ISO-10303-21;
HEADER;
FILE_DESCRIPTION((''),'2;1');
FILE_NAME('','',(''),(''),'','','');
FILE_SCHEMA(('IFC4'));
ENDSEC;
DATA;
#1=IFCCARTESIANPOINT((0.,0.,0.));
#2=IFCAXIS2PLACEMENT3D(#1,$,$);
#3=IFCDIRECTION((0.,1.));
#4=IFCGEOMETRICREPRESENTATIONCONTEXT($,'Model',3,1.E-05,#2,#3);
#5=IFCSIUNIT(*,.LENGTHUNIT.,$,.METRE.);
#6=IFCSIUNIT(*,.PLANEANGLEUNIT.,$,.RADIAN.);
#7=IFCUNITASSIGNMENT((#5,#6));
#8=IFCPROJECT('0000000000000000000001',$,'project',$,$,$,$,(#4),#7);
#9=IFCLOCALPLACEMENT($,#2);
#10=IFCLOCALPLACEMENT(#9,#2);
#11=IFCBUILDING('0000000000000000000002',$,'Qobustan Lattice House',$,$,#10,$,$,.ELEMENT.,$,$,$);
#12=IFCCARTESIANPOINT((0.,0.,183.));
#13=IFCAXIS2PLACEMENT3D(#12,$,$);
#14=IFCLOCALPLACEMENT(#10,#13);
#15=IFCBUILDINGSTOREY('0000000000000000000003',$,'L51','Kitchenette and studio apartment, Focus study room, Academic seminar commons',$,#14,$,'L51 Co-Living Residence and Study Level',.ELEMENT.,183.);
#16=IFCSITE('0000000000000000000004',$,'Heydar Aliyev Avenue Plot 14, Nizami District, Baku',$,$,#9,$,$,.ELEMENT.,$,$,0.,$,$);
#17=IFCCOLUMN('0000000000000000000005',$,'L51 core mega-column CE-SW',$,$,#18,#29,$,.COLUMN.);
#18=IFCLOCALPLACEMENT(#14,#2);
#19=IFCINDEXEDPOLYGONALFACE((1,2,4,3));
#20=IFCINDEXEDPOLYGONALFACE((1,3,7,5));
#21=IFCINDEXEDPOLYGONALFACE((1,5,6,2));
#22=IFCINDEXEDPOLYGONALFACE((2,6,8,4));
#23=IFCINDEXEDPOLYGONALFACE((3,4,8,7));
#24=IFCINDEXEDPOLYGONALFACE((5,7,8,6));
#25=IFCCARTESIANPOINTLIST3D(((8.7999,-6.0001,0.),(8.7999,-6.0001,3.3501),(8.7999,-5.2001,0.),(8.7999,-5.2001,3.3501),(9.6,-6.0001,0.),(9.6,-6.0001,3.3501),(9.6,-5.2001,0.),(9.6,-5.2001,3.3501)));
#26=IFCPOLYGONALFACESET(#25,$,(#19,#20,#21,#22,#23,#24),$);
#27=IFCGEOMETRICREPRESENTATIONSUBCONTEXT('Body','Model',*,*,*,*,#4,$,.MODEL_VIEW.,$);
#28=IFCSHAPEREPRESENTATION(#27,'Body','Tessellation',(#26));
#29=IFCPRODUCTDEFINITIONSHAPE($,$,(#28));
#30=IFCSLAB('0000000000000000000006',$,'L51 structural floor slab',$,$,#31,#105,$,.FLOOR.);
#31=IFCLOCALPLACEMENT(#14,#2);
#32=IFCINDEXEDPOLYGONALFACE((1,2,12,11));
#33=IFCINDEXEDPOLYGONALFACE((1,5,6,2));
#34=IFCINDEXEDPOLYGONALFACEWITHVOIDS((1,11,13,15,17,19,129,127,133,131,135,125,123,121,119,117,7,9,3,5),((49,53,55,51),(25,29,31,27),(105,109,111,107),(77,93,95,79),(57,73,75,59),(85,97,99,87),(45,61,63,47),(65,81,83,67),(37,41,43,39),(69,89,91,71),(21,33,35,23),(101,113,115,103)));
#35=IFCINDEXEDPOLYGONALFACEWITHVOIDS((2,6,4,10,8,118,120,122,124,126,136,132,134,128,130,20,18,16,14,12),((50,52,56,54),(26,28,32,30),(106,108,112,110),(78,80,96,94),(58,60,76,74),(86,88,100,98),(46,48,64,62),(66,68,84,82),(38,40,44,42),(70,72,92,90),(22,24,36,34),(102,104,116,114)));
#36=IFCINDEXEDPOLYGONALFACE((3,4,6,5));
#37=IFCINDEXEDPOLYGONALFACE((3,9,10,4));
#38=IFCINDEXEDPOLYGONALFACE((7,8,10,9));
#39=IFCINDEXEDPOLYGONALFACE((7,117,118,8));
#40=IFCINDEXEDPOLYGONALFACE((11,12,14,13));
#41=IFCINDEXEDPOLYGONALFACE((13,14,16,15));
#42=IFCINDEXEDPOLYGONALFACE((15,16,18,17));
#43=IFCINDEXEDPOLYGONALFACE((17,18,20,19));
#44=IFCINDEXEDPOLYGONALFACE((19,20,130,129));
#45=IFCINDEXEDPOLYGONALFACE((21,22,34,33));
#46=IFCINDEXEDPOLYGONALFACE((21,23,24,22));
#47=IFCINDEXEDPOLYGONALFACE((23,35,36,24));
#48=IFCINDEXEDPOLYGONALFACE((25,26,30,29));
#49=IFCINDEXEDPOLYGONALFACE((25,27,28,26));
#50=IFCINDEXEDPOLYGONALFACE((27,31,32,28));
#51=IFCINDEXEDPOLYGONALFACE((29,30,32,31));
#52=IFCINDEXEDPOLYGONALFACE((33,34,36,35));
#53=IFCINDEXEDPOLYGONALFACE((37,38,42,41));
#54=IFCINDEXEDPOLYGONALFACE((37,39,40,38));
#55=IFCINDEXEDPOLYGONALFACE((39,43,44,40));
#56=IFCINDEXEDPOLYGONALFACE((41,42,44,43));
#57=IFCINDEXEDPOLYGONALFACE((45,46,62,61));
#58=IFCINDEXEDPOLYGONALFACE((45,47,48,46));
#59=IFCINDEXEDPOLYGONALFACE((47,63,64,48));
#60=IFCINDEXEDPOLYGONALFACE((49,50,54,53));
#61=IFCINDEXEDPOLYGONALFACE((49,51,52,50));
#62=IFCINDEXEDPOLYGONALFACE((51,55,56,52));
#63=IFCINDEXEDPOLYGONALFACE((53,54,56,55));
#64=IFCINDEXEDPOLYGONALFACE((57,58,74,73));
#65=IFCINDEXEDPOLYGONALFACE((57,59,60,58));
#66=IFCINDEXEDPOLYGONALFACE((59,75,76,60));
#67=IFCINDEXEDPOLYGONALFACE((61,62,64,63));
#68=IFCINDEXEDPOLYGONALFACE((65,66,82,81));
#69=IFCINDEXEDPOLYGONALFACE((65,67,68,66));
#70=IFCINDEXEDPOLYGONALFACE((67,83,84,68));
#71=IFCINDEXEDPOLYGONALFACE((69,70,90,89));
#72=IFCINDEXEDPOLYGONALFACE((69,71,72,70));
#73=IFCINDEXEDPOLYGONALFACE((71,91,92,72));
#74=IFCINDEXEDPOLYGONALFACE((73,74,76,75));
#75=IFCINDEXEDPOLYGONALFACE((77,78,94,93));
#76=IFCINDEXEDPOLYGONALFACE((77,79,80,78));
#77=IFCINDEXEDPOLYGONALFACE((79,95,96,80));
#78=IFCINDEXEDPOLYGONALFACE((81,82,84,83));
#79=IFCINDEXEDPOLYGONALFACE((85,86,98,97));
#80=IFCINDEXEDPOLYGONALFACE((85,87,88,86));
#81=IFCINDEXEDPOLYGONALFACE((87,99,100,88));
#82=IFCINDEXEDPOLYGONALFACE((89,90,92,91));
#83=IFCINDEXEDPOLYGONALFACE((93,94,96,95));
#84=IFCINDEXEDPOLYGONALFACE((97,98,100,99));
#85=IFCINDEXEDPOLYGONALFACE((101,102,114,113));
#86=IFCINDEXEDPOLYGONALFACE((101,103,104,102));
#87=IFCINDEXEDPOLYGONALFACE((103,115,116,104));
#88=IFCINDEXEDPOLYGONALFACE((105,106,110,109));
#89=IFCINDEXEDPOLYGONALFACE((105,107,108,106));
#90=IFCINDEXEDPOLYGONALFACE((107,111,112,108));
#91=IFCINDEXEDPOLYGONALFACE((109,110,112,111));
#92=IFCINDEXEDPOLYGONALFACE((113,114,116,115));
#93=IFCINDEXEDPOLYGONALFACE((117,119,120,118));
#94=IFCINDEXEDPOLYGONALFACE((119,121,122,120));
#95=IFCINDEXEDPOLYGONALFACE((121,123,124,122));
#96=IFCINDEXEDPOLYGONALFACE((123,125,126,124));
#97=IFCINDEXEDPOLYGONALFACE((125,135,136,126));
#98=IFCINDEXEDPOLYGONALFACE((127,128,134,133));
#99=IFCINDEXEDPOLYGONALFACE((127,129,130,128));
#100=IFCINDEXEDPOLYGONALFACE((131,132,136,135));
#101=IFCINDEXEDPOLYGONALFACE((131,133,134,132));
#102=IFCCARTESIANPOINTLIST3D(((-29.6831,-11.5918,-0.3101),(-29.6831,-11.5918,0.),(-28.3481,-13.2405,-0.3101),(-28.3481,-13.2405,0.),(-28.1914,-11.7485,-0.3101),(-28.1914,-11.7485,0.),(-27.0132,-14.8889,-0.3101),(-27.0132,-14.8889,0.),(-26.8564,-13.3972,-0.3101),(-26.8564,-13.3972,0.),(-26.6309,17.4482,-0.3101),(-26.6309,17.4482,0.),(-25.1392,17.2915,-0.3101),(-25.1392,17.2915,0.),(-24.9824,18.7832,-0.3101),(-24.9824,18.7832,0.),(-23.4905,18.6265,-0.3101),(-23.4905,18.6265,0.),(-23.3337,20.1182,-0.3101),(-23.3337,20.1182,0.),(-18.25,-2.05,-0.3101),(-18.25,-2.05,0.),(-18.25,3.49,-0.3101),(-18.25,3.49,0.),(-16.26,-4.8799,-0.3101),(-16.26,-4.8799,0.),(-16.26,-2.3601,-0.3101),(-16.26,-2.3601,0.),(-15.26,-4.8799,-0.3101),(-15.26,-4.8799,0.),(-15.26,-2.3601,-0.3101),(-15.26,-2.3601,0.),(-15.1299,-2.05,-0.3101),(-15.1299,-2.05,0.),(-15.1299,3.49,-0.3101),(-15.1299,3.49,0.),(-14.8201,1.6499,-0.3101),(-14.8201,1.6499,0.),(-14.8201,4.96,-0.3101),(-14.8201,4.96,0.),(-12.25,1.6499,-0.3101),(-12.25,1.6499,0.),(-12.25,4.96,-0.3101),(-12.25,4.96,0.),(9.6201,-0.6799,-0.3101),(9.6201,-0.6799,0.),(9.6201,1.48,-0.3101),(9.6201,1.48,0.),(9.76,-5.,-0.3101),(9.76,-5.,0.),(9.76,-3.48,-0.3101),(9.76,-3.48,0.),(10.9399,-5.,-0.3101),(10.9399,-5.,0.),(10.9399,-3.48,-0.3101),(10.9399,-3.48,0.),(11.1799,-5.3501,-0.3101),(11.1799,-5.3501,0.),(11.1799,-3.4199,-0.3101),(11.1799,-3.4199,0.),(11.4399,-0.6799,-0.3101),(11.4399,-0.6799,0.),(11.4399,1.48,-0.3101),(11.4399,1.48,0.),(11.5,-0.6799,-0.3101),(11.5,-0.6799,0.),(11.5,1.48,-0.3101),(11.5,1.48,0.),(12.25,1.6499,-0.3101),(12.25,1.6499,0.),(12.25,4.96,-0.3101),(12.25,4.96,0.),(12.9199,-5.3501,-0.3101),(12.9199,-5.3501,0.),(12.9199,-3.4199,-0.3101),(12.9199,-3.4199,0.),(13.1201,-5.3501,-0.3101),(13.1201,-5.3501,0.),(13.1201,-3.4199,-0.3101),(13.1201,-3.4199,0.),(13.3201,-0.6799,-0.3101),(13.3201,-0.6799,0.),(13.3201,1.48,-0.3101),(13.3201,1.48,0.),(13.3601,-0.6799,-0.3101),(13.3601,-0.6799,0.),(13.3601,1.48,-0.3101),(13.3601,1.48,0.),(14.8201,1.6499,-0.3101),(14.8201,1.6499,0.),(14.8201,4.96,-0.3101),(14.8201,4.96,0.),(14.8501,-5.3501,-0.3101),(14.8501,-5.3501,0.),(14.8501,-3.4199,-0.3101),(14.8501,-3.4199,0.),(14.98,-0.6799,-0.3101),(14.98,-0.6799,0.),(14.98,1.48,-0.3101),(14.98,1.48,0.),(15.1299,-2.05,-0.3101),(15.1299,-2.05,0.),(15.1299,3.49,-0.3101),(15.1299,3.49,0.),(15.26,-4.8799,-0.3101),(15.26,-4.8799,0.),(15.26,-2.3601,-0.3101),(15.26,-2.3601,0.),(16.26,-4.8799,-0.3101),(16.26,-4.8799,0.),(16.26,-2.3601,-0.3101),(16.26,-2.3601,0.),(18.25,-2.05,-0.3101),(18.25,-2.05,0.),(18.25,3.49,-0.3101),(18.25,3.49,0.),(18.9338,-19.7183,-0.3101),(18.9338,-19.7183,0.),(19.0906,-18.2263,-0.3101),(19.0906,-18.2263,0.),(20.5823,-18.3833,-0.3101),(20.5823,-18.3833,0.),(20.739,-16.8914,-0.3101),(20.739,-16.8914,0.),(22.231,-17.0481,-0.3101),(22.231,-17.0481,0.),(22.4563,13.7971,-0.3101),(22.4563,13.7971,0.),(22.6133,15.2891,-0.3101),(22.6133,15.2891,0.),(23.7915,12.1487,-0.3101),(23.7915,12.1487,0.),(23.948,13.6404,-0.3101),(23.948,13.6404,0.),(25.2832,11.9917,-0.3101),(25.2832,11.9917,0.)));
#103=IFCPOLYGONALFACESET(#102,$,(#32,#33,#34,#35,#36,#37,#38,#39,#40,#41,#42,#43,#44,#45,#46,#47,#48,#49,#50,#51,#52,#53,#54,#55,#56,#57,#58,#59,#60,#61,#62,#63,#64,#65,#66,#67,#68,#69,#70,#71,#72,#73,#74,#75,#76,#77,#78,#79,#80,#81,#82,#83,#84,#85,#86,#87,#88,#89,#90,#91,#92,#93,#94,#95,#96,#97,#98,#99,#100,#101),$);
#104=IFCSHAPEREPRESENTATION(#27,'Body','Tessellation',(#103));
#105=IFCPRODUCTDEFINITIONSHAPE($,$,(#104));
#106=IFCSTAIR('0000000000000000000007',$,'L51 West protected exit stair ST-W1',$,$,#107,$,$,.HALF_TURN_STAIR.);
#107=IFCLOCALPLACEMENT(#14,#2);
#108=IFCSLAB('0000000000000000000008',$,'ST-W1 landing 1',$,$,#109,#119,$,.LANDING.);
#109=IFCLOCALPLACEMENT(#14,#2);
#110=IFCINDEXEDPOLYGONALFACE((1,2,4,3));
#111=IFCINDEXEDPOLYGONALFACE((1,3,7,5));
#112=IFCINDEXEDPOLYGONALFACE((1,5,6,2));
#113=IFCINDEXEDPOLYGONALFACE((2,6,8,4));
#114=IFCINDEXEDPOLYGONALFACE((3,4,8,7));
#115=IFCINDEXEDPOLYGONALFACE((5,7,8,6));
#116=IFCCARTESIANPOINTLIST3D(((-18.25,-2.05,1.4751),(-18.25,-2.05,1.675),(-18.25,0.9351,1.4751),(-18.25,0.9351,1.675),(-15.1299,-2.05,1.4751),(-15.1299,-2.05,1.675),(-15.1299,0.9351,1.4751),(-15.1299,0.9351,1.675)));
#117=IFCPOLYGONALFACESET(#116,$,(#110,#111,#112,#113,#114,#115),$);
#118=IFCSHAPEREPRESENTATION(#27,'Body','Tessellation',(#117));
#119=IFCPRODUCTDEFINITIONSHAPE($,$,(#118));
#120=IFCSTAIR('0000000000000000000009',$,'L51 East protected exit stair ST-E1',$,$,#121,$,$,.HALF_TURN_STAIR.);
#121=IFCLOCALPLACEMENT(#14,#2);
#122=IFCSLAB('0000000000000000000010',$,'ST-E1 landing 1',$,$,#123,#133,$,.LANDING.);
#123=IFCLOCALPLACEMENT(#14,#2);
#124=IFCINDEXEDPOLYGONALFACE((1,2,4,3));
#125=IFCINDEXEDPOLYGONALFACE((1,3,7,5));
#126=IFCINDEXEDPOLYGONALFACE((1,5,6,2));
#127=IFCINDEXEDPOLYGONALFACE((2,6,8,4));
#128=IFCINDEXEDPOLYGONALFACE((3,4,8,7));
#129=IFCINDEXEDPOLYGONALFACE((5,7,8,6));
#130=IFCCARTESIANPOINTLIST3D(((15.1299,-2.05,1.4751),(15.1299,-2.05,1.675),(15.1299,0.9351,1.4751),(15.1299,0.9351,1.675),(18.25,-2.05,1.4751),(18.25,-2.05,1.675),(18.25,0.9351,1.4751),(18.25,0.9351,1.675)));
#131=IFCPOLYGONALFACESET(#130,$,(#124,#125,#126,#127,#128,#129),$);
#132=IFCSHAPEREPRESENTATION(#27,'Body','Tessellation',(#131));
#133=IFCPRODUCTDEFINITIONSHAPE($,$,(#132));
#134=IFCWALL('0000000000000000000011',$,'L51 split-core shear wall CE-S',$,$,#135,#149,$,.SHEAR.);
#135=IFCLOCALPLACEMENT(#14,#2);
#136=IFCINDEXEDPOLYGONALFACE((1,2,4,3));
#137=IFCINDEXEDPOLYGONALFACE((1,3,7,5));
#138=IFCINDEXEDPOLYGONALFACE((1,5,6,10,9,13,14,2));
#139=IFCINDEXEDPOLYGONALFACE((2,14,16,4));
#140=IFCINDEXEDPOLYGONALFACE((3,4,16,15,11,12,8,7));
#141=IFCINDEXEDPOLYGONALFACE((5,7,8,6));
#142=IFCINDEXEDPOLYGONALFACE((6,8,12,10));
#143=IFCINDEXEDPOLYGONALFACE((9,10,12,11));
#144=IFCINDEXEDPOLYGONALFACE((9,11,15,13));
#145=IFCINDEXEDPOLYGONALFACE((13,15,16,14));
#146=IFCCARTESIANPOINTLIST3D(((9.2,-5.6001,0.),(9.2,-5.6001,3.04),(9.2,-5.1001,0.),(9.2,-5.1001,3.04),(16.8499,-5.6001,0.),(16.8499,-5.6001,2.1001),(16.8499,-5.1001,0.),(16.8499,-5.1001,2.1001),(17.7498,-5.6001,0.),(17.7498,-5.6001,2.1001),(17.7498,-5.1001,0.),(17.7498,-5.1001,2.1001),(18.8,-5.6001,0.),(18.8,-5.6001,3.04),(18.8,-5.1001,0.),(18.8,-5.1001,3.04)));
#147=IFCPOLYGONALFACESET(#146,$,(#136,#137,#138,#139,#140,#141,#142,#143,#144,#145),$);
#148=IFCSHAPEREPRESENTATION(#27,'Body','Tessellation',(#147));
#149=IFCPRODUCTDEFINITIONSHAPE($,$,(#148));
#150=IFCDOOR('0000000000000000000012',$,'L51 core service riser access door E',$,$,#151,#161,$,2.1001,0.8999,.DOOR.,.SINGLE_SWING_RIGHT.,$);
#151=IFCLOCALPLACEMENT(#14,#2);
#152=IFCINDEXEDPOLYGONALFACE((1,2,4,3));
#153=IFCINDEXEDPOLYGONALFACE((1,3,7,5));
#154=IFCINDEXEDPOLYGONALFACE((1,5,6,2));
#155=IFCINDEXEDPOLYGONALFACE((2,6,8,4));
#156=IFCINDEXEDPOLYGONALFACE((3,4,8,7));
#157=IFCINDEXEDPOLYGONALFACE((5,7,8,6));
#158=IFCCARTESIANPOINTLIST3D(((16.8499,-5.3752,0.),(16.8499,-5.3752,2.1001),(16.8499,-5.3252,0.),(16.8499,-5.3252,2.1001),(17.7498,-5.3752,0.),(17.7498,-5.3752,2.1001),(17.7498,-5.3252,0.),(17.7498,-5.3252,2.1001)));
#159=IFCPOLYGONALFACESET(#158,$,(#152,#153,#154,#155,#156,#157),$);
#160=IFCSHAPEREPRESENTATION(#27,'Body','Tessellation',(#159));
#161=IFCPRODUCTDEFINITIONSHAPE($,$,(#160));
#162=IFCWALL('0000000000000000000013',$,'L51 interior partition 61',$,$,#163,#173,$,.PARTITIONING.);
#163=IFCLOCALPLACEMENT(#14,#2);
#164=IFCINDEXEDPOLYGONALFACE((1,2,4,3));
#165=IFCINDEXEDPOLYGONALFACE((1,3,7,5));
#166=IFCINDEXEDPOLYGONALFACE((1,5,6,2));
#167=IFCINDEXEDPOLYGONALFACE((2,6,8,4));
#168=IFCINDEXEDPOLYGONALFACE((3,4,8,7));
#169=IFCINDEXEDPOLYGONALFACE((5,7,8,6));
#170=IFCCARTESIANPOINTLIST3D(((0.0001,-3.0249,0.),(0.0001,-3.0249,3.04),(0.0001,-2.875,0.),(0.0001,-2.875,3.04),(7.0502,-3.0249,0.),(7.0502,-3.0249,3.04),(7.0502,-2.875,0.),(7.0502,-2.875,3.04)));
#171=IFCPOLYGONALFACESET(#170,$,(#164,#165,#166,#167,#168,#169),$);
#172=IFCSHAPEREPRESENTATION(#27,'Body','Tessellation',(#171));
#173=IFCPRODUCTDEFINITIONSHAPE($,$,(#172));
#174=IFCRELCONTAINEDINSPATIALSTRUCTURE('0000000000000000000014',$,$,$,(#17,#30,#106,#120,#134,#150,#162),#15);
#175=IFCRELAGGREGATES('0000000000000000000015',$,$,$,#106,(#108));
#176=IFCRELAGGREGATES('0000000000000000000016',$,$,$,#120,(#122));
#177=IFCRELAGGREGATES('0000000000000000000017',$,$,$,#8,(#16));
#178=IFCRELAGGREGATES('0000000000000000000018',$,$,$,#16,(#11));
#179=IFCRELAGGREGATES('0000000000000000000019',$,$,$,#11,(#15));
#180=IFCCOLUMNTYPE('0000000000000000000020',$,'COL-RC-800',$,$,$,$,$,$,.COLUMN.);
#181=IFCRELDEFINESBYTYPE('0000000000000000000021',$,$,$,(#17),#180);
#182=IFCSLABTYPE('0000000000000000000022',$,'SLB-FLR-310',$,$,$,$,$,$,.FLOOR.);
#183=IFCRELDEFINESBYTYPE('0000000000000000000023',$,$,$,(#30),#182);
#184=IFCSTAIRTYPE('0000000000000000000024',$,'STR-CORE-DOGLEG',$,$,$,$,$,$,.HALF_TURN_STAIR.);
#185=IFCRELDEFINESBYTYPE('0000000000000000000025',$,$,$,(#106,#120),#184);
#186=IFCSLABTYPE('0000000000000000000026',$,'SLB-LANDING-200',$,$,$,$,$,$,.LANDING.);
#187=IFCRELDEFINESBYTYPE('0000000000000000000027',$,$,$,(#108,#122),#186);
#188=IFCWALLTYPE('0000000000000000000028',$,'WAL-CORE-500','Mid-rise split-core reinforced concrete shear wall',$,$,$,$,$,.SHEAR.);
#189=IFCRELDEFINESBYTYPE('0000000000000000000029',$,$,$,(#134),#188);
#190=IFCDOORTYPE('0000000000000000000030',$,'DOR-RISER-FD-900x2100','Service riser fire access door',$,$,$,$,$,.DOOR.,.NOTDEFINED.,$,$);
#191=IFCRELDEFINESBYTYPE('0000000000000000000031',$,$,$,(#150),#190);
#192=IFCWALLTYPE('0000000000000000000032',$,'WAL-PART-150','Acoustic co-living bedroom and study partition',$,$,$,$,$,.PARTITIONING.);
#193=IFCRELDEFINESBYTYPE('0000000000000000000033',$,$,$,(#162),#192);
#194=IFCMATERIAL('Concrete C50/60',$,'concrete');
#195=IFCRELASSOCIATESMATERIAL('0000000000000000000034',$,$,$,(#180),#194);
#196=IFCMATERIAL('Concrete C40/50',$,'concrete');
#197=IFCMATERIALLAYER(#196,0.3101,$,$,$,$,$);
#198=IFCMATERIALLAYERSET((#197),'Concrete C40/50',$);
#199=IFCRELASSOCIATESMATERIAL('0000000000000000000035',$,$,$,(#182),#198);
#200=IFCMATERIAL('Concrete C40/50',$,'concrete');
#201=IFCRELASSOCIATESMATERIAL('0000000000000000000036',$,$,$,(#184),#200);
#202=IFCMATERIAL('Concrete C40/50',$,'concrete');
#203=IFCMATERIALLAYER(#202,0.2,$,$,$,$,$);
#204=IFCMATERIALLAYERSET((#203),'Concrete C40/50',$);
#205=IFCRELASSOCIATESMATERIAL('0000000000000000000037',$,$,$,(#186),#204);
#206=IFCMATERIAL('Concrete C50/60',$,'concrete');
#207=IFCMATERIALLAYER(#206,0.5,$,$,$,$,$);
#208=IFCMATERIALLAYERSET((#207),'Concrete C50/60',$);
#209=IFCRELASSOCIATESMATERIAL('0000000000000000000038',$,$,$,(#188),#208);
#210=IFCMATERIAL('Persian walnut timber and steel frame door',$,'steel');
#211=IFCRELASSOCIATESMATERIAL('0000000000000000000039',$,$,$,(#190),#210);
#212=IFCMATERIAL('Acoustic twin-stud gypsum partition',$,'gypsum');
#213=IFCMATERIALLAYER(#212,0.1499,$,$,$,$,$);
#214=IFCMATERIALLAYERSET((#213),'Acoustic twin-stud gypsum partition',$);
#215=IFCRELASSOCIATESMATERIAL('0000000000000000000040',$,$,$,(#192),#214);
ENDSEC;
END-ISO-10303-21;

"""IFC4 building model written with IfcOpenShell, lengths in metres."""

from ifc_helpers import new_model, si_unit, direction, frame, frame_2d, origin, origin_2d, place, context, subcontext, project, spatial, polyline, rectangle, outline, extrude, material, layer, layer_set, material_profile, profile_set, type_object, element, fill, aggregate, save


model = new_model("IFC4")

# Units and contexts
model_context = context("Model", 3, precision=1e-05, world=origin(), true_north=direction((0.0, 1.0)))
body_context = subcontext(model_context, "Body", "Model", "MODEL_VIEW")
ifc_project = project(units=[si_unit("LENGTHUNIT", "METRE"), si_unit("PLANEANGLEUNIT", "RADIAN")], contexts=[model_context])

# Site, building, storey
site_placement = place(None, origin())
site = spatial("IfcSite", under=ifc_project, at=site_placement, Name="Heydar Aliyev Avenue Plot 14, Nizami District, Baku", CompositionType="ELEMENT", RefElevation=0.0)
building_placement = place(site_placement, origin())
building = spatial("IfcBuilding", under=site, at=building_placement, Name="Qobustan Lattice House", CompositionType="ELEMENT")
storey_placement = place(building_placement, frame((0.0, 0.0, 183.0)))
storey = spatial("IfcBuildingStorey", under=building, at=storey_placement, Name="L51", Description="Kitchenette and studio apartment, Focus study room, Academic seminar commons", LongName="L51 Co-Living Residence and Study Level", CompositionType="ELEMENT", Elevation=183.0)

# Column
ifc_material_1 = material(Name="Concrete C50/60", Category="concrete")
ifc_material_profile = material_profile(ifc_material_1, rectangle(XDim=0.8, YDim=0.8, at=origin_2d()), Name="RC800x800")
ifc_profile_set = profile_set([ifc_material_profile], Name="Concrete C50/60")
column_type = type_object("IfcColumnType", Name="COL-RC-800", PredefinedType="COLUMN", material=ifc_profile_set)
column_placement = place(storey_placement, frame((9.2, -5.6001, 0.0), z_axis=(0.0, 0.0, 1.0), x_axis=(1.0, 0.0, 0.0)))
element("IfcColumn", 1, at=column_placement, inside=storey, type_object=column_type, Name="L51 core mega-column CE-SW", PredefinedType="COLUMN", context=body_context, shape_type="SweptSolid", body=[
    extrude(rectangle(XDim=0.8, YDim=0.8, at=origin_2d()), origin(), (0.0, 0.0, 1.0), 3.3501),
])

# Slab
ifc_material_2 = material(Name="Concrete C40/50", Category="concrete")
ifc_layer_1 = layer(ifc_material_2, 0.3101)
ifc_layer_set_1 = layer_set([ifc_layer_1], Name="Concrete C40/50")
slab_type_1 = type_object("IfcSlabType", Name="SLB-FLR-310", PredefinedType="FLOOR", material=ifc_layer_set_1)
slab_1_placement = place(storey_placement, frame((0.0, 0.0, -0.3101)))
element("IfcSlab", 2, at=slab_1_placement, inside=storey, type_object=slab_type_1, Name="L51 structural floor slab", PredefinedType="FLOOR", context=body_context, shape_type="SweptSolid", body=[
    extrude(outline(polyline([(-27.0132, -14.8889), (18.9338, -19.7183), (19.0906, -18.2263), (20.5823, -18.3833), (20.739, -16.8914), (22.231, -17.0481), (25.2832, 11.9917), (23.7915, 12.1487), (23.948, 13.6404), (22.4563, 13.7971), (22.6133, 15.2891), (-23.3337, 20.1182), (-23.4905, 18.6265), (-24.9824, 18.7832), (-25.1392, 17.2915), (-26.6309, 17.4482), (-29.6831, -11.5918), (-28.1914, -11.7485), (-28.3481, -13.2405), (-26.8564, -13.3972), (-27.0132, -14.8889)]), holes=[polyline([(-18.25, -2.05), (-18.25, 3.49), (-15.1299, 3.49), (-15.1299, -2.05), (-18.25, -2.05)]), polyline([(15.1299, -2.05), (15.1299, 3.49), (18.25, 3.49), (18.25, -2.05), (15.1299, -2.05)]), polyline([(-14.8201, 1.6499), (-14.8201, 4.96), (-12.25, 4.96), (-12.25, 1.6499), (-14.8201, 1.6499)]), polyline([(12.25, 1.6499), (12.25, 4.96), (14.8201, 4.96), (14.8201, 1.6499), (12.25, 1.6499)]), polyline([(-16.26, -4.8799), (-16.26, -2.3601), (-15.26, -2.3601), (-15.26, -4.8799), (-16.26, -4.8799)]), polyline([(15.26, -4.8799), (15.26, -2.3601), (16.26, -2.3601), (16.26, -4.8799), (15.26, -4.8799)]), polyline([(11.1799, -5.3501), (11.1799, -3.4199), (12.9199, -3.4199), (12.9199, -5.3501), (11.1799, -5.3501)]), polyline([(13.1201, -5.3501), (13.1201, -3.4199), (14.8501, -3.4199), (14.8501, -5.3501), (13.1201, -5.3501)]), polyline([(9.76, -5.0), (9.76, -3.48), (10.9399, -3.48), (10.9399, -5.0), (9.76, -5.0)]), polyline([(13.3601, -0.6799), (13.3601, 1.48), (14.98, 1.48), (14.98, -0.6799), (13.3601, -0.6799)]), polyline([(9.6201, -0.6799), (9.6201, 1.48), (11.4399, 1.48), (11.4399, -0.6799), (9.6201, -0.6799)]), polyline([(11.5, -0.6799), (11.5, 1.48), (13.3201, 1.48), (13.3201, -0.6799), (11.5, -0.6799)])]), origin(), (0.0, 0.0, 1.0), 0.3101),
])

# Stairs, slabs
ifc_material_3 = material(Name="Concrete C40/50", Category="concrete")
stair_type = type_object("IfcStairType", Name="STR-CORE-DOGLEG", PredefinedType="HALF_TURN_STAIR", material=ifc_material_3)
stair_1_placement = place(storey_placement, origin())
stair_1 = element("IfcStair", 3, at=stair_1_placement, inside=storey, type_object=stair_type, Name="L51 West protected exit stair ST-W1", PredefinedType="HALF_TURN_STAIR")
ifc_material_4 = material(Name="Concrete C40/50", Category="concrete")
ifc_layer_2 = layer(ifc_material_4, 0.2)
ifc_layer_set_2 = layer_set([ifc_layer_2], Name="Concrete C40/50")
slab_type_2 = type_object("IfcSlabType", Name="SLB-LANDING-200", PredefinedType="LANDING", material=ifc_layer_set_2)
slab_2_placement = place(storey_placement, frame((0.0, 0.0, 1.4751)))
slab_2 = element("IfcSlab", 4, at=slab_2_placement, type_object=slab_type_2, Name="ST-W1 landing 1", PredefinedType="LANDING", context=body_context, shape_type="SweptSolid", body=[
    extrude(outline(polyline([(-18.25, 0.9351), (-18.25, -2.05), (-15.1299, -2.05), (-15.1299, 0.9351), (-18.25, 0.9351)])), origin(), (0.0, 0.0, 1.0), 0.2),
])
aggregate(stair_1, [slab_2])
stair_2_placement = place(storey_placement, origin())
stair_2 = element("IfcStair", 5, at=stair_2_placement, inside=storey, type_object=stair_type, Name="L51 East protected exit stair ST-E1", PredefinedType="HALF_TURN_STAIR")
slab_3_placement = place(storey_placement, frame((0.0, 0.0, 1.4751)))
slab_3 = element("IfcSlab", 6, at=slab_3_placement, type_object=slab_type_2, Name="ST-E1 landing 1", PredefinedType="LANDING", context=body_context, shape_type="SweptSolid", body=[
    extrude(outline(polyline([(15.1299, 0.9351), (15.1299, -2.05), (18.25, -2.05), (18.25, 0.9351), (15.1299, 0.9351)])), origin(), (0.0, 0.0, 1.0), 0.2),
])
aggregate(stair_2, [slab_3])

# Wall, opening, door
ifc_material_5 = material(Name="Concrete C50/60", Category="concrete")
ifc_layer_3 = layer(ifc_material_5, 0.5)
ifc_layer_set_3 = layer_set([ifc_layer_3], Name="Concrete C50/60")
wall_type_1 = type_object("IfcWallType", Name="WAL-CORE-500", Description="Mid-rise split-core reinforced concrete shear wall", PredefinedType="SHEAR", material=ifc_layer_set_3)
wall_1_placement = place(storey_placement, frame((9.2, -5.3501, 0.0), z_axis=(0.0, 0.0, 1.0), x_axis=(1.0, 0.0, 0.0)))
wall_1 = element("IfcWall", 7, at=wall_1_placement, inside=storey, type_object=wall_type_1, Name="L51 split-core shear wall CE-S", PredefinedType="SHEAR", context=body_context, shape_type="SweptSolid", body=[
    extrude(rectangle(XDim=9.6001, YDim=0.5, at=frame_2d((4.8, 0.0))), origin(), (0.0, 0.0, 1.0), 3.04),
])
opening_1_placement = place(wall_1_placement, frame((7.6499, 0.0, 0.0)))
opening_1 = element("IfcOpeningElement", 8, at=opening_1_placement, cuts=wall_1, PredefinedType="OPENING", context=body_context, shape_type="SweptSolid", body=[
    extrude(rectangle(XDim=0.8999, YDim=2.1001, at=frame_2d((0.45, 1.05))), frame((0.0, 0.26, 0.0), z_axis=(0.0, -1.0, 0.0), x_axis=(1.0, 0.0, 0.0)), (0.0, 0.0, 1.0), 0.52),
])
ifc_material_6 = material(Name="Persian walnut timber and steel frame door", Category="steel")
door_type_1 = type_object("IfcDoorType", Name="DOR-RISER-FD-900x2100", Description="Service riser fire access door", OperationType="NOTDEFINED", PredefinedType="DOOR", material=ifc_material_6)
door_1_placement = place(opening_1_placement, origin())
door_1 = element("IfcDoor", 9, at=door_1_placement, inside=storey, type_object=door_type_1, Name="L51 core service riser access door E", OperationType="SINGLE_SWING_RIGHT", OverallHeight=2.1001, OverallWidth=0.8999, PredefinedType="DOOR", context=body_context, shape_type="SweptSolid", body=[
    extrude(rectangle(XDim=0.8999, YDim=2.1001, at=frame_2d((0.45, 1.05))), frame((0.0, 0.0249, 0.0), z_axis=(0.0, -1.0, 0.0), x_axis=(1.0, 0.0, 0.0)), (0.0, 0.0, 1.0), 0.05),
])
fill(opening_1, door_1)

# Wall
ifc_material_7 = material(Name="Acoustic twin-stud gypsum partition", Category="gypsum")
ifc_layer_4 = layer(ifc_material_7, 0.1499)
ifc_layer_set_4 = layer_set([ifc_layer_4], Name="Acoustic twin-stud gypsum partition")
wall_type_2 = type_object("IfcWallType", Name="WAL-PART-150", Description="Acoustic co-living bedroom and study partition", PredefinedType="PARTITIONING", material=ifc_layer_set_4)
wall_2_placement = place(storey_placement, frame((7.05, -2.95, 0.0), z_axis=(0.0, 0.0, 1.0), x_axis=(-1.0, 0.0, 0.0)))
element("IfcWall", 10, at=wall_2_placement, inside=storey, type_object=wall_type_2, Name="L51 interior partition 61", PredefinedType="PARTITIONING", context=body_context, shape_type="SweptSolid", body=[
    extrude(rectangle(XDim=7.05, YDim=0.1499, at=frame_2d((3.5249, 0.0))), origin(), (0.0, 0.0, 1.0), 3.04),
])

save(model, "model.ifc")
